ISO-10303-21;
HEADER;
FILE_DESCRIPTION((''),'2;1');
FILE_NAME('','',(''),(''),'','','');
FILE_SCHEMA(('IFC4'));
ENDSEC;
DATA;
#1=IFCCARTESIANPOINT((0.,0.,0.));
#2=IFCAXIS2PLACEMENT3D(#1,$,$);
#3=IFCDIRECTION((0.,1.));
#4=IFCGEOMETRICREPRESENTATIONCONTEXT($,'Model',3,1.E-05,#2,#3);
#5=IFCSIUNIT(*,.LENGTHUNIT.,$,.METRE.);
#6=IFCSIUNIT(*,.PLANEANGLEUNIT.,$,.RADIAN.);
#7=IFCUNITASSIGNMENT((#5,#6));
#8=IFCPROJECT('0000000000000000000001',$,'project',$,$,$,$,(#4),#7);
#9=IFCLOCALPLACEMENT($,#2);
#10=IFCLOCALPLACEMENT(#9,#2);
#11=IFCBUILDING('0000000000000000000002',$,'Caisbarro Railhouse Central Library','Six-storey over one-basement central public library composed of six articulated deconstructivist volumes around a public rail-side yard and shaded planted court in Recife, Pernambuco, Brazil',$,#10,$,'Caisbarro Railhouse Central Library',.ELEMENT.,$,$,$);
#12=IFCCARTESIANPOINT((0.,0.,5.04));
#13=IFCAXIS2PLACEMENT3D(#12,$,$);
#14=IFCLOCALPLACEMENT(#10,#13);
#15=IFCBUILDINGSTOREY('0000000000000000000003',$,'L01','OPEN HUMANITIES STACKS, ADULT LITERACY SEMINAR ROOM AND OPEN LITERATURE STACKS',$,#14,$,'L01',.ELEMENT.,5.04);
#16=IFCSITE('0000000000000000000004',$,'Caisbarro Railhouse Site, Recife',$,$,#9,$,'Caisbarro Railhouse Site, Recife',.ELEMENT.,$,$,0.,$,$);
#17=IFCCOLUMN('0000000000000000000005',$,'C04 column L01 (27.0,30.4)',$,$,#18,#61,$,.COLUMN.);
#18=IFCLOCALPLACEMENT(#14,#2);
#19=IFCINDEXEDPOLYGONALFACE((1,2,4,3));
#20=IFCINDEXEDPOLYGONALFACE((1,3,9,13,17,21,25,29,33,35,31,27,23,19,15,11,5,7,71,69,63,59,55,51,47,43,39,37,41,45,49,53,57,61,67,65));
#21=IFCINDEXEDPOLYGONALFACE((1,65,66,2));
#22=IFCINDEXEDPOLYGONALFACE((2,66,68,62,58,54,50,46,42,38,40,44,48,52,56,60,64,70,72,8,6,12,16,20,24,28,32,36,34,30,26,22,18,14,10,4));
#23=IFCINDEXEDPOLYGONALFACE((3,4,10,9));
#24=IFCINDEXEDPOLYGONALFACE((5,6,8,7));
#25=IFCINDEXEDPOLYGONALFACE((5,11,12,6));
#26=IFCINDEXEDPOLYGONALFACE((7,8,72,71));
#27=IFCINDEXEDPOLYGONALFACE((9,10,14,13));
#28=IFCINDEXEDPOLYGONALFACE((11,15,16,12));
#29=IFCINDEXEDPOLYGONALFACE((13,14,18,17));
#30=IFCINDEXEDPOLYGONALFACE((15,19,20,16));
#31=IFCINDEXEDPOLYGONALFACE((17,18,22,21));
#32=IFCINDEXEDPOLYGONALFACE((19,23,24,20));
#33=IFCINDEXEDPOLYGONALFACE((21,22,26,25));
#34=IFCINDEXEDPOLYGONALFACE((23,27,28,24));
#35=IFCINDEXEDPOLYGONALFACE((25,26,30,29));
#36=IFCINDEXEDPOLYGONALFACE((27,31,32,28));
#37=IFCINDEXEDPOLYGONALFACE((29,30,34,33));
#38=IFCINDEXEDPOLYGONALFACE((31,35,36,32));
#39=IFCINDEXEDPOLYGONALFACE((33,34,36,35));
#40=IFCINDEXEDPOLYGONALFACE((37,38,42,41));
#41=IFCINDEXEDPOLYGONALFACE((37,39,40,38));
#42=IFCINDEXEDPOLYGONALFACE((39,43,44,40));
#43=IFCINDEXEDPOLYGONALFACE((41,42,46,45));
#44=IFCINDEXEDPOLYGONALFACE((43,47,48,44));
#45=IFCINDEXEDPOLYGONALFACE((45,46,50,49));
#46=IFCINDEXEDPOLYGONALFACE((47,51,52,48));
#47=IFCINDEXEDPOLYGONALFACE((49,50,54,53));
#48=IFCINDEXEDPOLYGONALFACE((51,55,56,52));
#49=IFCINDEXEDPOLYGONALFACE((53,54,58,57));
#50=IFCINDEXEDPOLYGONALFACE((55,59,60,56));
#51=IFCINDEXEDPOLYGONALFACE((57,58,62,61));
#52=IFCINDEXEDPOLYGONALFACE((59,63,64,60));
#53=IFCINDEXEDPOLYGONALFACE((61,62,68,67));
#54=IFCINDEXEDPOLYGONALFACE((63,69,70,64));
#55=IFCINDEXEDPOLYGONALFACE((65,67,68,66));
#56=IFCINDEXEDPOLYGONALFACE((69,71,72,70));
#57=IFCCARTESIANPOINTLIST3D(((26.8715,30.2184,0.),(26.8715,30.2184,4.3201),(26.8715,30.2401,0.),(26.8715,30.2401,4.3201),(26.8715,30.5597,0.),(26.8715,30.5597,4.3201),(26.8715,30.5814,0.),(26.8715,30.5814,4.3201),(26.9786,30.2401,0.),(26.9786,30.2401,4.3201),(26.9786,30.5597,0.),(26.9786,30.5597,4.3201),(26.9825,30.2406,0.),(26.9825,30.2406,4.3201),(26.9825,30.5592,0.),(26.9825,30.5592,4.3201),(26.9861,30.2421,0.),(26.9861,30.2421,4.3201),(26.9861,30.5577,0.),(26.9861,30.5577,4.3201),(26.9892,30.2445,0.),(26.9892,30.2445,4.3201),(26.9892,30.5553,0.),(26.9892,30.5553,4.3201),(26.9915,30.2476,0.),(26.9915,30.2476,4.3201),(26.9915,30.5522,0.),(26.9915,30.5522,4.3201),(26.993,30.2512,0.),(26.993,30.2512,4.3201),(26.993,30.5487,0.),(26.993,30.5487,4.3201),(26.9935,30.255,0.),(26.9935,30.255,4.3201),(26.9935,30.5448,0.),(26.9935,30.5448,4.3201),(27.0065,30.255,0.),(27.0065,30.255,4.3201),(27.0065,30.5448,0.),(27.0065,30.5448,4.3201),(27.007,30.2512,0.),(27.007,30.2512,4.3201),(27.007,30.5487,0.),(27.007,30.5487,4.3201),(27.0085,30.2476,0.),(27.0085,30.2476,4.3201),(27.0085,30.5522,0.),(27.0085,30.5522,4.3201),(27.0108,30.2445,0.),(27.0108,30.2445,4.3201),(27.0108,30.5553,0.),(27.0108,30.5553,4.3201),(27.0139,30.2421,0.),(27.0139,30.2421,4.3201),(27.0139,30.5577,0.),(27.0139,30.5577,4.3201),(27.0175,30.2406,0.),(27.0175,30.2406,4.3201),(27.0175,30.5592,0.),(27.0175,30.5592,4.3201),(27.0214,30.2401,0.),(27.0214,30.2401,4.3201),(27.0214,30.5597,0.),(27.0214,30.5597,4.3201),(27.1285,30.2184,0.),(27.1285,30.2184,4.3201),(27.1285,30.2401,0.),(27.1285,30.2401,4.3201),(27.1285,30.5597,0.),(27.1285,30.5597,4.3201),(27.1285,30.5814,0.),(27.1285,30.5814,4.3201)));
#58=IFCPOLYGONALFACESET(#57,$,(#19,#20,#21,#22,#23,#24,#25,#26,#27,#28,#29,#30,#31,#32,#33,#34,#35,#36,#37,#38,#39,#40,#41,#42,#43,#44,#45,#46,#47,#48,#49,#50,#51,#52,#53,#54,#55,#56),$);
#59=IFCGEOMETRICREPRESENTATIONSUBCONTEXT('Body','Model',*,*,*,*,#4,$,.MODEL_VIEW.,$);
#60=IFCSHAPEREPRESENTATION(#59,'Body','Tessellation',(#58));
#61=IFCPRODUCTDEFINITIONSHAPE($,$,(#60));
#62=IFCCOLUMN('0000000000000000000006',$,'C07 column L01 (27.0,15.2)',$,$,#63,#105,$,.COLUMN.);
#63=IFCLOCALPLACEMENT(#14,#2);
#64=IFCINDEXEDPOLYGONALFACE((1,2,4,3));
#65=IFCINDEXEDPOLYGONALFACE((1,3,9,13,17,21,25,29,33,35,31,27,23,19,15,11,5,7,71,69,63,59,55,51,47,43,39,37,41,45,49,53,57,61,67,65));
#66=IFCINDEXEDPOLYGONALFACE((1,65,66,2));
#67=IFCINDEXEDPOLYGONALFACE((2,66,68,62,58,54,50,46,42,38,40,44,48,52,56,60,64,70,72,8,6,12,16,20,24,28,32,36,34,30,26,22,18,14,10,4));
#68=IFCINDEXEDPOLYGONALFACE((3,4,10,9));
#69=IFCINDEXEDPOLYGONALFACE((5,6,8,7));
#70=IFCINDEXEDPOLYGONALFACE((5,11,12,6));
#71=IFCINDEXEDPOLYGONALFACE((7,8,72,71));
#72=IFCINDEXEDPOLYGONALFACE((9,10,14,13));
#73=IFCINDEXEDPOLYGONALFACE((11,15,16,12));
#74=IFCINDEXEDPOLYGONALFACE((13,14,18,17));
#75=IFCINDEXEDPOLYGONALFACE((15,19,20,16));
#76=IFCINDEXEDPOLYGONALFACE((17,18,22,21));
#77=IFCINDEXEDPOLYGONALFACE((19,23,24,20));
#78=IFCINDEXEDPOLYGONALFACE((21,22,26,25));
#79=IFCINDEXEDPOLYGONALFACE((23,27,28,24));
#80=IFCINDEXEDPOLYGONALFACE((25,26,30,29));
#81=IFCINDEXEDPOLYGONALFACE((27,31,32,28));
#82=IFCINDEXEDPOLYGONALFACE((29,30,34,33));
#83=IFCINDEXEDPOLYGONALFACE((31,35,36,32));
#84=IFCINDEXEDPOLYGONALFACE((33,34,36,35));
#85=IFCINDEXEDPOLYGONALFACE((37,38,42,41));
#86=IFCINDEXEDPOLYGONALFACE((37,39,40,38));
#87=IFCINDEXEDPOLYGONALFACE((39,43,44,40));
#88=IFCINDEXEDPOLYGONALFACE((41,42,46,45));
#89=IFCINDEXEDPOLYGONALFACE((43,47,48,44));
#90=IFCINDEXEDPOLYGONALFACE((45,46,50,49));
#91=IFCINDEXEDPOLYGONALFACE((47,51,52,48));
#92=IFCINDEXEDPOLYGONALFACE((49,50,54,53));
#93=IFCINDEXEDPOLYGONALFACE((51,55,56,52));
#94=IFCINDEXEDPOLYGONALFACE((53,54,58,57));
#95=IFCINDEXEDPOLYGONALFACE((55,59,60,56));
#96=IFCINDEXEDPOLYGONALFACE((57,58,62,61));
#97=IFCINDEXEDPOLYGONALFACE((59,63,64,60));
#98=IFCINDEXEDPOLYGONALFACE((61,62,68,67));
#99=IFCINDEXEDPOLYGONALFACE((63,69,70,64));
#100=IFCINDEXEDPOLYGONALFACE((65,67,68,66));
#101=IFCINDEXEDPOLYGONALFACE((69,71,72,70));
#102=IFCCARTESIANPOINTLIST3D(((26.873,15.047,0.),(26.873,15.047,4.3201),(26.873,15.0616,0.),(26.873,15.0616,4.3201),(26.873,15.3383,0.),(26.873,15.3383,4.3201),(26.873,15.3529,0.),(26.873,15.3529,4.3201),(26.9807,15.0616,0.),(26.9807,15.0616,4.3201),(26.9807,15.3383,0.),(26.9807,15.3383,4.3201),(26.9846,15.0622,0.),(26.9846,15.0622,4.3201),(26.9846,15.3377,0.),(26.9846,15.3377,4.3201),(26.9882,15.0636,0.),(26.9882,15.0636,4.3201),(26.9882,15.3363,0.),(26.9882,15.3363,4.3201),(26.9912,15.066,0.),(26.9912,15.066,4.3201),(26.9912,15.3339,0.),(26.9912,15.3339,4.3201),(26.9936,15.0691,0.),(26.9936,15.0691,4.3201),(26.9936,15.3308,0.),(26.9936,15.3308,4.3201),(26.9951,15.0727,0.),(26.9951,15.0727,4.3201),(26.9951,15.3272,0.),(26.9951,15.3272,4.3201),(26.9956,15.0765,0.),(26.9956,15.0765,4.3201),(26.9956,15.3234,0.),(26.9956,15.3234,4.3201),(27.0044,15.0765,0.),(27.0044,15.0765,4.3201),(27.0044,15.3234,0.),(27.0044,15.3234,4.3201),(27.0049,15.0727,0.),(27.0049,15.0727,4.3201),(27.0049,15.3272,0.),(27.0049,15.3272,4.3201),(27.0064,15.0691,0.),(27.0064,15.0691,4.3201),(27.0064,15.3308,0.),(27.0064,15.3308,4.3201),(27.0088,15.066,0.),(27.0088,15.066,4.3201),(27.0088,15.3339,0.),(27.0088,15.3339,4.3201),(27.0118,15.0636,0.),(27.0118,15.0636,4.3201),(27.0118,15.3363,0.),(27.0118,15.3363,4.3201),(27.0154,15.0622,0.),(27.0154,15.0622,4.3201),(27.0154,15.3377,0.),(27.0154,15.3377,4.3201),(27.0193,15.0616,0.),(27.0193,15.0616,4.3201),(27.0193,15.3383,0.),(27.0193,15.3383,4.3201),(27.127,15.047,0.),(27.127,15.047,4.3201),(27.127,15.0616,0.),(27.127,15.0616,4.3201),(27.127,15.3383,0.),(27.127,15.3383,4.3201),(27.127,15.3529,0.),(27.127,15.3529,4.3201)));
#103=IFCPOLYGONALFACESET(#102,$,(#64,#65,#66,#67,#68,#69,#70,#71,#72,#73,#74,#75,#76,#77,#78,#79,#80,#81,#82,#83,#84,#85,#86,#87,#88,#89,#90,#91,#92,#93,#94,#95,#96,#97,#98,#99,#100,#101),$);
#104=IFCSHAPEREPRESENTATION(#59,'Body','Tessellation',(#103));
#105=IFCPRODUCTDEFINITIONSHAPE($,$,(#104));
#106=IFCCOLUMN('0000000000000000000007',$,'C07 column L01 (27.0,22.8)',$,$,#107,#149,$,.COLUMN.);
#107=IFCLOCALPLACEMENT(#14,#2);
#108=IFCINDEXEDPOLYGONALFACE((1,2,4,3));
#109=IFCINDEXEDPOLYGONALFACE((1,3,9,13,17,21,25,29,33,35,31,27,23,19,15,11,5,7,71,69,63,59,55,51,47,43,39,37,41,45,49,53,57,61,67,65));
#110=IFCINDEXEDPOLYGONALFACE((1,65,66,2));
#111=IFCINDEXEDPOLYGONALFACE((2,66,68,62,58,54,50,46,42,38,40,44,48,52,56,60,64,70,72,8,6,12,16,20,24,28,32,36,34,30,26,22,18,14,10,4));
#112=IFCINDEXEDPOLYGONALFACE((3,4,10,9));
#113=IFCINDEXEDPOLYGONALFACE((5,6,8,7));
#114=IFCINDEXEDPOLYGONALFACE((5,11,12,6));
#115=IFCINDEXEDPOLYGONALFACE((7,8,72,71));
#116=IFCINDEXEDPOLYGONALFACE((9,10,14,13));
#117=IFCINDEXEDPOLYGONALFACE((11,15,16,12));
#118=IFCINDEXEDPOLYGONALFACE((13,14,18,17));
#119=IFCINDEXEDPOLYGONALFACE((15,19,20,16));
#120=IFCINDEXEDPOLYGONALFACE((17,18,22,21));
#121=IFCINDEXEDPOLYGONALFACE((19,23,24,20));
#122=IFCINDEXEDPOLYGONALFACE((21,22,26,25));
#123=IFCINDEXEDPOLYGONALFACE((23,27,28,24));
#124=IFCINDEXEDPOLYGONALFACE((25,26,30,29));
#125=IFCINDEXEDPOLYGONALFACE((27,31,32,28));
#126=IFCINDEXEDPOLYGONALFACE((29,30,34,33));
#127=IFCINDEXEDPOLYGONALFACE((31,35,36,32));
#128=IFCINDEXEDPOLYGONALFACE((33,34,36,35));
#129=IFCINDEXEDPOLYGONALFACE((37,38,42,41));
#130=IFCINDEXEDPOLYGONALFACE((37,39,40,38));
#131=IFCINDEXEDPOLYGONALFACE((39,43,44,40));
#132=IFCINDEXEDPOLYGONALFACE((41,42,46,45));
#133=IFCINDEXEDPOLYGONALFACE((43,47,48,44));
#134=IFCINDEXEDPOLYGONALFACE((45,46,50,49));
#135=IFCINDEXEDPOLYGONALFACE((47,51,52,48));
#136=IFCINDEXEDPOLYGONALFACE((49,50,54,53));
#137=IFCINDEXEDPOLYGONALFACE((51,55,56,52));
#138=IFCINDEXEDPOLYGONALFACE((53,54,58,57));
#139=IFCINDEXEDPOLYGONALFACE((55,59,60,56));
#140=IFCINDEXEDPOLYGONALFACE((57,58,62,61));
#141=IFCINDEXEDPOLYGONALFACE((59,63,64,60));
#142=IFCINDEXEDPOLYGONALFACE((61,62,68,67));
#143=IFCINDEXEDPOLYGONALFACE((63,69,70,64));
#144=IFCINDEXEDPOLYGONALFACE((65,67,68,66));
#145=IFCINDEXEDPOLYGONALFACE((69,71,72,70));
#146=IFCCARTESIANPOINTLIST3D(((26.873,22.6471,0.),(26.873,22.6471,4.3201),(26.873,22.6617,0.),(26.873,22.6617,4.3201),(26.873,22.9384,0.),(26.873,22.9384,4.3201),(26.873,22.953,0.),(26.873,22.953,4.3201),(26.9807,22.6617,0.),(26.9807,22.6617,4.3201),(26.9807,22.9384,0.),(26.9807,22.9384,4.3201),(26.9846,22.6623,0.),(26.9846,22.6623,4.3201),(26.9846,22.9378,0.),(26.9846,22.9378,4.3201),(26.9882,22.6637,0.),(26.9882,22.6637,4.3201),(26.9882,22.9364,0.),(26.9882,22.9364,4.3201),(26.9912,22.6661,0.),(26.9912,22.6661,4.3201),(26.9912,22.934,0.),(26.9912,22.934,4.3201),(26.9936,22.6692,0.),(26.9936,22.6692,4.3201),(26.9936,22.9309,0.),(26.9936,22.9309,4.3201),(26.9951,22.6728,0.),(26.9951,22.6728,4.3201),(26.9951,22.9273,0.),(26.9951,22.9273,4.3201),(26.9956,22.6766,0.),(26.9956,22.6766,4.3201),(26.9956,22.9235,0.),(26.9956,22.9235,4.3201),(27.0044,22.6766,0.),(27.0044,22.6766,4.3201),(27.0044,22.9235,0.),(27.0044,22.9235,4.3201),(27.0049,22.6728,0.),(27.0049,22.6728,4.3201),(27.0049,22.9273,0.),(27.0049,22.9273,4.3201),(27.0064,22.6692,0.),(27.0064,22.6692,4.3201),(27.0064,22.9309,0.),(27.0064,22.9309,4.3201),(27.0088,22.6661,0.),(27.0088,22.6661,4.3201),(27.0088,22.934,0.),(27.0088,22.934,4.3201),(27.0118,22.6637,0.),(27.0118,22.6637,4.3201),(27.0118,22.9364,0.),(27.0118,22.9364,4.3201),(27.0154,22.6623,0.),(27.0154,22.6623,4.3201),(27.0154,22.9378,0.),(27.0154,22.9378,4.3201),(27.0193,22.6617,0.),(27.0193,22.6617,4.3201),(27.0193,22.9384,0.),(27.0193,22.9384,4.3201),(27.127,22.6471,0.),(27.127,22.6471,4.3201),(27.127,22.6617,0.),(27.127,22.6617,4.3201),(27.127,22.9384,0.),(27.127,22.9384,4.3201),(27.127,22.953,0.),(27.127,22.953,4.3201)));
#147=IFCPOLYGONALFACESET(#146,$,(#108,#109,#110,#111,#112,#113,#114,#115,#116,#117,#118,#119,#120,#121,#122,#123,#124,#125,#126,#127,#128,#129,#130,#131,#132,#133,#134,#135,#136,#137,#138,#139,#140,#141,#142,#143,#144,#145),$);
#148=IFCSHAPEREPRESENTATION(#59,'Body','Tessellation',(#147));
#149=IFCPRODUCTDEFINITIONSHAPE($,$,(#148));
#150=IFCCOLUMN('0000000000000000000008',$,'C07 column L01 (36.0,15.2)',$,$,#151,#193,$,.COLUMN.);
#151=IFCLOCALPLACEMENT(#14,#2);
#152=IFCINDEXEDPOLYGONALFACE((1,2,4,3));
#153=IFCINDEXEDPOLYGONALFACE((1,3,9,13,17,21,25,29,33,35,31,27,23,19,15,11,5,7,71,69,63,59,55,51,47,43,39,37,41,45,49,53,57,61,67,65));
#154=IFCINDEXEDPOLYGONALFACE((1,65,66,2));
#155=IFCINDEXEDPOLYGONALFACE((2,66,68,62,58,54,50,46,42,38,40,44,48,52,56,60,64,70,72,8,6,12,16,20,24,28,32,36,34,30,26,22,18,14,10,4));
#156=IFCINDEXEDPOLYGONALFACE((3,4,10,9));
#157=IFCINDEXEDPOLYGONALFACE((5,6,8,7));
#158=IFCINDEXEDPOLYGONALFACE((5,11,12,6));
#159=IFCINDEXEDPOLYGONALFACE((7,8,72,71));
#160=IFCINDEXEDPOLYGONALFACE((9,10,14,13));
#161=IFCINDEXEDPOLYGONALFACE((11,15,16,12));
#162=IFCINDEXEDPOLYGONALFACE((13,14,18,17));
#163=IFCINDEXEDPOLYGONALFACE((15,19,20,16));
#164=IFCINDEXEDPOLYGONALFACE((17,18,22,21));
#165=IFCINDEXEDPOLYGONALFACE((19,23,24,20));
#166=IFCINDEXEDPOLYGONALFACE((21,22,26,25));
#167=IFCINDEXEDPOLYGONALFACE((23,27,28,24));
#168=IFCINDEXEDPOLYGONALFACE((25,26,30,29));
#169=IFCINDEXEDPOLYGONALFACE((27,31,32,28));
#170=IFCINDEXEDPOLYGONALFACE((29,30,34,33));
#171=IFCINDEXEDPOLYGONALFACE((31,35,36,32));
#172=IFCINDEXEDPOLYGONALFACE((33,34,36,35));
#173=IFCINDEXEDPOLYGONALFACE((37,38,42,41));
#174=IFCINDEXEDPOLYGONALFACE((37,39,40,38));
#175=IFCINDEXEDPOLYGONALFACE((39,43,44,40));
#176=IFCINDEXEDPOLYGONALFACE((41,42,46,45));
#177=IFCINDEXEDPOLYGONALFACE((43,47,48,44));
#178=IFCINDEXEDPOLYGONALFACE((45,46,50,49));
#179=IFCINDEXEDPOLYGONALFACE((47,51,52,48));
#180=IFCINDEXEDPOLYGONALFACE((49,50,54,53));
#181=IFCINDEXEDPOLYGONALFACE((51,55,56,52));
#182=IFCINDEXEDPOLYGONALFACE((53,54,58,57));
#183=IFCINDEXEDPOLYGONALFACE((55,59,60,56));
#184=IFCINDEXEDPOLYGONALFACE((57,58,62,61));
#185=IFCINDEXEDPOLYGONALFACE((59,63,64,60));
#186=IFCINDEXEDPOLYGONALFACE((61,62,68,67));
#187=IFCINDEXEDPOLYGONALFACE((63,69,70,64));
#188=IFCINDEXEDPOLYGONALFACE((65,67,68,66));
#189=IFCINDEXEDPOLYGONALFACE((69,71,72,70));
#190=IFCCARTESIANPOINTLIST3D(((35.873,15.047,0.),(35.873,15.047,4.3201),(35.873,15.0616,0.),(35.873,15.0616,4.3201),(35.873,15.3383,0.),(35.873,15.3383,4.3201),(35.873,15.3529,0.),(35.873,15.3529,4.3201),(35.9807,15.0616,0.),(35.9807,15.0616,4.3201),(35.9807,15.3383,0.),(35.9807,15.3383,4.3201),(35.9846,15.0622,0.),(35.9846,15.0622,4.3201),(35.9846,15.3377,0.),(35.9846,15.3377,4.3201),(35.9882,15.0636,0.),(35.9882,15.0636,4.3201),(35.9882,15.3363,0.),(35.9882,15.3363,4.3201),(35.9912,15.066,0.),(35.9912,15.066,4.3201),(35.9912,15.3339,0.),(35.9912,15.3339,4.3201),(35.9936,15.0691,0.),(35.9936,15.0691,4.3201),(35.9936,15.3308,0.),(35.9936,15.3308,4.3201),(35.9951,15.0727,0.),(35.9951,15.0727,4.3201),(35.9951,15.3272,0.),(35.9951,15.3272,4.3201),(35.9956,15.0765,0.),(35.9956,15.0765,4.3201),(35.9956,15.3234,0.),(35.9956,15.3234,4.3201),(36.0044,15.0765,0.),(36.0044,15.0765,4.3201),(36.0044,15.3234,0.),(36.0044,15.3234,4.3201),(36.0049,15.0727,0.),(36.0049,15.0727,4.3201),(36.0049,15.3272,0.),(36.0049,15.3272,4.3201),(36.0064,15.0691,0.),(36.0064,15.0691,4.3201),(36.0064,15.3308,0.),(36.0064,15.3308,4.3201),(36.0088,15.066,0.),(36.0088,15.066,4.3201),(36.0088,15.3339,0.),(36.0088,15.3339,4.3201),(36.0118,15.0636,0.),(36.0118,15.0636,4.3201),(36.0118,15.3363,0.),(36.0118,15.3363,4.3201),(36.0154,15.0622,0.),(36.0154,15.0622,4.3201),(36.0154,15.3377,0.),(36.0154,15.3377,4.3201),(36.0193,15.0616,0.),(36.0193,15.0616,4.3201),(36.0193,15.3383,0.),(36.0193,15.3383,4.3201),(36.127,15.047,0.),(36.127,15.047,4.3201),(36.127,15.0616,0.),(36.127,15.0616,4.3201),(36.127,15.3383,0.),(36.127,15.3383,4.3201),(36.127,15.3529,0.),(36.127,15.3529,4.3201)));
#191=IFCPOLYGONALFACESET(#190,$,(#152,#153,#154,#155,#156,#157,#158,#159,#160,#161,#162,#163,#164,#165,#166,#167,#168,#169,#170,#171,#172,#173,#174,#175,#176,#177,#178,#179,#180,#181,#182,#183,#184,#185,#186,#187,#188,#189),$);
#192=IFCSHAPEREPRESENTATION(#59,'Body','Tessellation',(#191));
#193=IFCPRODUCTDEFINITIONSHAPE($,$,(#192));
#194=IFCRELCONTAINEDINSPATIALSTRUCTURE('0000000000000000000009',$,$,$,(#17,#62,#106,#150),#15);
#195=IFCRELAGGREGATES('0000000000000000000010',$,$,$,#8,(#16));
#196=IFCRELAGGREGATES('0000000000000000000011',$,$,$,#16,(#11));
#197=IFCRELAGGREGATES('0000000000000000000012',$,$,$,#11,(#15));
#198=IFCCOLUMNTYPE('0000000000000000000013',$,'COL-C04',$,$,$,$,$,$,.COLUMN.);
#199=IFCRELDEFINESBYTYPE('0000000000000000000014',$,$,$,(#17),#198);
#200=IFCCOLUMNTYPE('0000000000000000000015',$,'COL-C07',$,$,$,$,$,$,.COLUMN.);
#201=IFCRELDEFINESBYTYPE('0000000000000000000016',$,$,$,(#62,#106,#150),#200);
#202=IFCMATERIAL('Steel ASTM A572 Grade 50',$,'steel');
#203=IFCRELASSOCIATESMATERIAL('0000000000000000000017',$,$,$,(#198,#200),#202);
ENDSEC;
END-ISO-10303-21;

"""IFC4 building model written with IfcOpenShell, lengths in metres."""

from ifc_helpers import new_model, si_unit, direction, frame, origin, origin_2d, place, context, subcontext, project, spatial, i_section, extrude, material, material_profile, profile_set, type_object, element, save


model = new_model("IFC4")

# Units and contexts
model_context = context("Model", 3, precision=1e-05, world=origin(), true_north=direction((0.0, 1.0)))
body_context = subcontext(model_context, "Body", "Model", "MODEL_VIEW")
ifc_project = project(units=[si_unit("LENGTHUNIT", "METRE"), si_unit("PLANEANGLEUNIT", "RADIAN")], contexts=[model_context])

# Site, building, storey
site_placement = place(None, origin())
site = spatial("IfcSite", under=ifc_project, at=site_placement, Name="Caisbarro Railhouse Site, Recife", LongName="Caisbarro Railhouse Site, Recife", CompositionType="ELEMENT", RefElevation=0.0)
building_placement = place(site_placement, origin())
building = spatial("IfcBuilding", under=site, at=building_placement, Name="Caisbarro Railhouse Central Library", Description="Six-storey over one-basement central public library composed of six articulated deconstructivist volumes around a public rail-side yard and shaded planted court in Recife, Pernambuco, Brazil", LongName="Caisbarro Railhouse Central Library", CompositionType="ELEMENT")
storey_placement = place(building_placement, frame((0.0, 0.0, 5.04)))
storey = spatial("IfcBuildingStorey", under=building, at=storey_placement, Name="L01", Description="OPEN HUMANITIES STACKS, ADULT LITERACY SEMINAR ROOM AND OPEN LITERATURE STACKS", LongName="L01", CompositionType="ELEMENT", Elevation=5.04)

# Columns
ifc_material_1 = material(Name="Steel ASTM A572 Grade 50", Category="steel")
ifc_material_profile_1 = material_profile(ifc_material_1, i_section(OverallWidth=0.2571, OverallDepth=0.363, WebThickness=0.0129, FlangeThickness=0.0217, FilletRadius=0.0149, at=origin_2d()), Name="W360X122.0")
ifc_profile_set_1 = profile_set([ifc_material_profile_1], Name="Steel ASTM A572 Grade 50")
column_type_1 = type_object("IfcColumnType", Name="COL-C04", PredefinedType="COLUMN", material=ifc_profile_set_1)
column_placement = place(storey_placement, frame((27.0, 30.3999, 0.0), z_axis=(0.0, 0.0, 1.0), x_axis=(1.0, 0.0, 0.0)))
element("IfcColumn", 1, at=column_placement, inside=storey, type_object=column_type_1, Name="C04 column L01 (27.0,30.4)", PredefinedType="COLUMN", context=body_context, shape_type="SweptSolid", body=[
    extrude(i_section(OverallWidth=0.2571, OverallDepth=0.363, WebThickness=0.0129, FlangeThickness=0.0217, FilletRadius=0.0149, at=origin_2d()), origin(), (0.0, 0.0, 1.0), 4.3201),
])
ifc_material_profile_2 = material_profile(ifc_material_1, i_section(OverallWidth=0.2539, OverallDepth=0.3059, WebThickness=0.0088, FlangeThickness=0.0146, FilletRadius=0.0149, at=origin_2d()), Name="W310X79.0")
ifc_profile_set_2 = profile_set([ifc_material_profile_2], Name="Steel ASTM A572 Grade 50")
column_type_2 = type_object("IfcColumnType", Name="COL-C07", PredefinedType="COLUMN", material=ifc_profile_set_2)
for number, where, z_axis, x_axis, name in (
    (2, (27.0, 15.2, 0.0), (0.0, 0.0, 1.0), (1.0, 0.0, 0.0), "C07 column L01 (27.0,15.2)"),
    (3, (27.0, 22.8, 0.0), (0.0, 0.0, 1.0), (1.0, 0.0, 0.0), "C07 column L01 (27.0,22.8)"),
    (4, (36.0, 15.2, 0.0), (0.0, 0.0, 1.0), (1.0, 0.0, 0.0), "C07 column L01 (36.0,15.2)"),
):
    element("IfcColumn", number, at=place(storey_placement, frame(where, z_axis=z_axis, x_axis=x_axis)), inside=storey, type_object=column_type_2, Name=name, PredefinedType="COLUMN", context=body_context, shape_type="SweptSolid", body=[
        extrude(i_section(OverallWidth=0.2539, OverallDepth=0.3059, WebThickness=0.0088, FlangeThickness=0.0146, FilletRadius=0.0149, at=origin_2d()), origin(), (0.0, 0.0, 1.0), 4.3201),
    ])

save(model, "model.ifc")
